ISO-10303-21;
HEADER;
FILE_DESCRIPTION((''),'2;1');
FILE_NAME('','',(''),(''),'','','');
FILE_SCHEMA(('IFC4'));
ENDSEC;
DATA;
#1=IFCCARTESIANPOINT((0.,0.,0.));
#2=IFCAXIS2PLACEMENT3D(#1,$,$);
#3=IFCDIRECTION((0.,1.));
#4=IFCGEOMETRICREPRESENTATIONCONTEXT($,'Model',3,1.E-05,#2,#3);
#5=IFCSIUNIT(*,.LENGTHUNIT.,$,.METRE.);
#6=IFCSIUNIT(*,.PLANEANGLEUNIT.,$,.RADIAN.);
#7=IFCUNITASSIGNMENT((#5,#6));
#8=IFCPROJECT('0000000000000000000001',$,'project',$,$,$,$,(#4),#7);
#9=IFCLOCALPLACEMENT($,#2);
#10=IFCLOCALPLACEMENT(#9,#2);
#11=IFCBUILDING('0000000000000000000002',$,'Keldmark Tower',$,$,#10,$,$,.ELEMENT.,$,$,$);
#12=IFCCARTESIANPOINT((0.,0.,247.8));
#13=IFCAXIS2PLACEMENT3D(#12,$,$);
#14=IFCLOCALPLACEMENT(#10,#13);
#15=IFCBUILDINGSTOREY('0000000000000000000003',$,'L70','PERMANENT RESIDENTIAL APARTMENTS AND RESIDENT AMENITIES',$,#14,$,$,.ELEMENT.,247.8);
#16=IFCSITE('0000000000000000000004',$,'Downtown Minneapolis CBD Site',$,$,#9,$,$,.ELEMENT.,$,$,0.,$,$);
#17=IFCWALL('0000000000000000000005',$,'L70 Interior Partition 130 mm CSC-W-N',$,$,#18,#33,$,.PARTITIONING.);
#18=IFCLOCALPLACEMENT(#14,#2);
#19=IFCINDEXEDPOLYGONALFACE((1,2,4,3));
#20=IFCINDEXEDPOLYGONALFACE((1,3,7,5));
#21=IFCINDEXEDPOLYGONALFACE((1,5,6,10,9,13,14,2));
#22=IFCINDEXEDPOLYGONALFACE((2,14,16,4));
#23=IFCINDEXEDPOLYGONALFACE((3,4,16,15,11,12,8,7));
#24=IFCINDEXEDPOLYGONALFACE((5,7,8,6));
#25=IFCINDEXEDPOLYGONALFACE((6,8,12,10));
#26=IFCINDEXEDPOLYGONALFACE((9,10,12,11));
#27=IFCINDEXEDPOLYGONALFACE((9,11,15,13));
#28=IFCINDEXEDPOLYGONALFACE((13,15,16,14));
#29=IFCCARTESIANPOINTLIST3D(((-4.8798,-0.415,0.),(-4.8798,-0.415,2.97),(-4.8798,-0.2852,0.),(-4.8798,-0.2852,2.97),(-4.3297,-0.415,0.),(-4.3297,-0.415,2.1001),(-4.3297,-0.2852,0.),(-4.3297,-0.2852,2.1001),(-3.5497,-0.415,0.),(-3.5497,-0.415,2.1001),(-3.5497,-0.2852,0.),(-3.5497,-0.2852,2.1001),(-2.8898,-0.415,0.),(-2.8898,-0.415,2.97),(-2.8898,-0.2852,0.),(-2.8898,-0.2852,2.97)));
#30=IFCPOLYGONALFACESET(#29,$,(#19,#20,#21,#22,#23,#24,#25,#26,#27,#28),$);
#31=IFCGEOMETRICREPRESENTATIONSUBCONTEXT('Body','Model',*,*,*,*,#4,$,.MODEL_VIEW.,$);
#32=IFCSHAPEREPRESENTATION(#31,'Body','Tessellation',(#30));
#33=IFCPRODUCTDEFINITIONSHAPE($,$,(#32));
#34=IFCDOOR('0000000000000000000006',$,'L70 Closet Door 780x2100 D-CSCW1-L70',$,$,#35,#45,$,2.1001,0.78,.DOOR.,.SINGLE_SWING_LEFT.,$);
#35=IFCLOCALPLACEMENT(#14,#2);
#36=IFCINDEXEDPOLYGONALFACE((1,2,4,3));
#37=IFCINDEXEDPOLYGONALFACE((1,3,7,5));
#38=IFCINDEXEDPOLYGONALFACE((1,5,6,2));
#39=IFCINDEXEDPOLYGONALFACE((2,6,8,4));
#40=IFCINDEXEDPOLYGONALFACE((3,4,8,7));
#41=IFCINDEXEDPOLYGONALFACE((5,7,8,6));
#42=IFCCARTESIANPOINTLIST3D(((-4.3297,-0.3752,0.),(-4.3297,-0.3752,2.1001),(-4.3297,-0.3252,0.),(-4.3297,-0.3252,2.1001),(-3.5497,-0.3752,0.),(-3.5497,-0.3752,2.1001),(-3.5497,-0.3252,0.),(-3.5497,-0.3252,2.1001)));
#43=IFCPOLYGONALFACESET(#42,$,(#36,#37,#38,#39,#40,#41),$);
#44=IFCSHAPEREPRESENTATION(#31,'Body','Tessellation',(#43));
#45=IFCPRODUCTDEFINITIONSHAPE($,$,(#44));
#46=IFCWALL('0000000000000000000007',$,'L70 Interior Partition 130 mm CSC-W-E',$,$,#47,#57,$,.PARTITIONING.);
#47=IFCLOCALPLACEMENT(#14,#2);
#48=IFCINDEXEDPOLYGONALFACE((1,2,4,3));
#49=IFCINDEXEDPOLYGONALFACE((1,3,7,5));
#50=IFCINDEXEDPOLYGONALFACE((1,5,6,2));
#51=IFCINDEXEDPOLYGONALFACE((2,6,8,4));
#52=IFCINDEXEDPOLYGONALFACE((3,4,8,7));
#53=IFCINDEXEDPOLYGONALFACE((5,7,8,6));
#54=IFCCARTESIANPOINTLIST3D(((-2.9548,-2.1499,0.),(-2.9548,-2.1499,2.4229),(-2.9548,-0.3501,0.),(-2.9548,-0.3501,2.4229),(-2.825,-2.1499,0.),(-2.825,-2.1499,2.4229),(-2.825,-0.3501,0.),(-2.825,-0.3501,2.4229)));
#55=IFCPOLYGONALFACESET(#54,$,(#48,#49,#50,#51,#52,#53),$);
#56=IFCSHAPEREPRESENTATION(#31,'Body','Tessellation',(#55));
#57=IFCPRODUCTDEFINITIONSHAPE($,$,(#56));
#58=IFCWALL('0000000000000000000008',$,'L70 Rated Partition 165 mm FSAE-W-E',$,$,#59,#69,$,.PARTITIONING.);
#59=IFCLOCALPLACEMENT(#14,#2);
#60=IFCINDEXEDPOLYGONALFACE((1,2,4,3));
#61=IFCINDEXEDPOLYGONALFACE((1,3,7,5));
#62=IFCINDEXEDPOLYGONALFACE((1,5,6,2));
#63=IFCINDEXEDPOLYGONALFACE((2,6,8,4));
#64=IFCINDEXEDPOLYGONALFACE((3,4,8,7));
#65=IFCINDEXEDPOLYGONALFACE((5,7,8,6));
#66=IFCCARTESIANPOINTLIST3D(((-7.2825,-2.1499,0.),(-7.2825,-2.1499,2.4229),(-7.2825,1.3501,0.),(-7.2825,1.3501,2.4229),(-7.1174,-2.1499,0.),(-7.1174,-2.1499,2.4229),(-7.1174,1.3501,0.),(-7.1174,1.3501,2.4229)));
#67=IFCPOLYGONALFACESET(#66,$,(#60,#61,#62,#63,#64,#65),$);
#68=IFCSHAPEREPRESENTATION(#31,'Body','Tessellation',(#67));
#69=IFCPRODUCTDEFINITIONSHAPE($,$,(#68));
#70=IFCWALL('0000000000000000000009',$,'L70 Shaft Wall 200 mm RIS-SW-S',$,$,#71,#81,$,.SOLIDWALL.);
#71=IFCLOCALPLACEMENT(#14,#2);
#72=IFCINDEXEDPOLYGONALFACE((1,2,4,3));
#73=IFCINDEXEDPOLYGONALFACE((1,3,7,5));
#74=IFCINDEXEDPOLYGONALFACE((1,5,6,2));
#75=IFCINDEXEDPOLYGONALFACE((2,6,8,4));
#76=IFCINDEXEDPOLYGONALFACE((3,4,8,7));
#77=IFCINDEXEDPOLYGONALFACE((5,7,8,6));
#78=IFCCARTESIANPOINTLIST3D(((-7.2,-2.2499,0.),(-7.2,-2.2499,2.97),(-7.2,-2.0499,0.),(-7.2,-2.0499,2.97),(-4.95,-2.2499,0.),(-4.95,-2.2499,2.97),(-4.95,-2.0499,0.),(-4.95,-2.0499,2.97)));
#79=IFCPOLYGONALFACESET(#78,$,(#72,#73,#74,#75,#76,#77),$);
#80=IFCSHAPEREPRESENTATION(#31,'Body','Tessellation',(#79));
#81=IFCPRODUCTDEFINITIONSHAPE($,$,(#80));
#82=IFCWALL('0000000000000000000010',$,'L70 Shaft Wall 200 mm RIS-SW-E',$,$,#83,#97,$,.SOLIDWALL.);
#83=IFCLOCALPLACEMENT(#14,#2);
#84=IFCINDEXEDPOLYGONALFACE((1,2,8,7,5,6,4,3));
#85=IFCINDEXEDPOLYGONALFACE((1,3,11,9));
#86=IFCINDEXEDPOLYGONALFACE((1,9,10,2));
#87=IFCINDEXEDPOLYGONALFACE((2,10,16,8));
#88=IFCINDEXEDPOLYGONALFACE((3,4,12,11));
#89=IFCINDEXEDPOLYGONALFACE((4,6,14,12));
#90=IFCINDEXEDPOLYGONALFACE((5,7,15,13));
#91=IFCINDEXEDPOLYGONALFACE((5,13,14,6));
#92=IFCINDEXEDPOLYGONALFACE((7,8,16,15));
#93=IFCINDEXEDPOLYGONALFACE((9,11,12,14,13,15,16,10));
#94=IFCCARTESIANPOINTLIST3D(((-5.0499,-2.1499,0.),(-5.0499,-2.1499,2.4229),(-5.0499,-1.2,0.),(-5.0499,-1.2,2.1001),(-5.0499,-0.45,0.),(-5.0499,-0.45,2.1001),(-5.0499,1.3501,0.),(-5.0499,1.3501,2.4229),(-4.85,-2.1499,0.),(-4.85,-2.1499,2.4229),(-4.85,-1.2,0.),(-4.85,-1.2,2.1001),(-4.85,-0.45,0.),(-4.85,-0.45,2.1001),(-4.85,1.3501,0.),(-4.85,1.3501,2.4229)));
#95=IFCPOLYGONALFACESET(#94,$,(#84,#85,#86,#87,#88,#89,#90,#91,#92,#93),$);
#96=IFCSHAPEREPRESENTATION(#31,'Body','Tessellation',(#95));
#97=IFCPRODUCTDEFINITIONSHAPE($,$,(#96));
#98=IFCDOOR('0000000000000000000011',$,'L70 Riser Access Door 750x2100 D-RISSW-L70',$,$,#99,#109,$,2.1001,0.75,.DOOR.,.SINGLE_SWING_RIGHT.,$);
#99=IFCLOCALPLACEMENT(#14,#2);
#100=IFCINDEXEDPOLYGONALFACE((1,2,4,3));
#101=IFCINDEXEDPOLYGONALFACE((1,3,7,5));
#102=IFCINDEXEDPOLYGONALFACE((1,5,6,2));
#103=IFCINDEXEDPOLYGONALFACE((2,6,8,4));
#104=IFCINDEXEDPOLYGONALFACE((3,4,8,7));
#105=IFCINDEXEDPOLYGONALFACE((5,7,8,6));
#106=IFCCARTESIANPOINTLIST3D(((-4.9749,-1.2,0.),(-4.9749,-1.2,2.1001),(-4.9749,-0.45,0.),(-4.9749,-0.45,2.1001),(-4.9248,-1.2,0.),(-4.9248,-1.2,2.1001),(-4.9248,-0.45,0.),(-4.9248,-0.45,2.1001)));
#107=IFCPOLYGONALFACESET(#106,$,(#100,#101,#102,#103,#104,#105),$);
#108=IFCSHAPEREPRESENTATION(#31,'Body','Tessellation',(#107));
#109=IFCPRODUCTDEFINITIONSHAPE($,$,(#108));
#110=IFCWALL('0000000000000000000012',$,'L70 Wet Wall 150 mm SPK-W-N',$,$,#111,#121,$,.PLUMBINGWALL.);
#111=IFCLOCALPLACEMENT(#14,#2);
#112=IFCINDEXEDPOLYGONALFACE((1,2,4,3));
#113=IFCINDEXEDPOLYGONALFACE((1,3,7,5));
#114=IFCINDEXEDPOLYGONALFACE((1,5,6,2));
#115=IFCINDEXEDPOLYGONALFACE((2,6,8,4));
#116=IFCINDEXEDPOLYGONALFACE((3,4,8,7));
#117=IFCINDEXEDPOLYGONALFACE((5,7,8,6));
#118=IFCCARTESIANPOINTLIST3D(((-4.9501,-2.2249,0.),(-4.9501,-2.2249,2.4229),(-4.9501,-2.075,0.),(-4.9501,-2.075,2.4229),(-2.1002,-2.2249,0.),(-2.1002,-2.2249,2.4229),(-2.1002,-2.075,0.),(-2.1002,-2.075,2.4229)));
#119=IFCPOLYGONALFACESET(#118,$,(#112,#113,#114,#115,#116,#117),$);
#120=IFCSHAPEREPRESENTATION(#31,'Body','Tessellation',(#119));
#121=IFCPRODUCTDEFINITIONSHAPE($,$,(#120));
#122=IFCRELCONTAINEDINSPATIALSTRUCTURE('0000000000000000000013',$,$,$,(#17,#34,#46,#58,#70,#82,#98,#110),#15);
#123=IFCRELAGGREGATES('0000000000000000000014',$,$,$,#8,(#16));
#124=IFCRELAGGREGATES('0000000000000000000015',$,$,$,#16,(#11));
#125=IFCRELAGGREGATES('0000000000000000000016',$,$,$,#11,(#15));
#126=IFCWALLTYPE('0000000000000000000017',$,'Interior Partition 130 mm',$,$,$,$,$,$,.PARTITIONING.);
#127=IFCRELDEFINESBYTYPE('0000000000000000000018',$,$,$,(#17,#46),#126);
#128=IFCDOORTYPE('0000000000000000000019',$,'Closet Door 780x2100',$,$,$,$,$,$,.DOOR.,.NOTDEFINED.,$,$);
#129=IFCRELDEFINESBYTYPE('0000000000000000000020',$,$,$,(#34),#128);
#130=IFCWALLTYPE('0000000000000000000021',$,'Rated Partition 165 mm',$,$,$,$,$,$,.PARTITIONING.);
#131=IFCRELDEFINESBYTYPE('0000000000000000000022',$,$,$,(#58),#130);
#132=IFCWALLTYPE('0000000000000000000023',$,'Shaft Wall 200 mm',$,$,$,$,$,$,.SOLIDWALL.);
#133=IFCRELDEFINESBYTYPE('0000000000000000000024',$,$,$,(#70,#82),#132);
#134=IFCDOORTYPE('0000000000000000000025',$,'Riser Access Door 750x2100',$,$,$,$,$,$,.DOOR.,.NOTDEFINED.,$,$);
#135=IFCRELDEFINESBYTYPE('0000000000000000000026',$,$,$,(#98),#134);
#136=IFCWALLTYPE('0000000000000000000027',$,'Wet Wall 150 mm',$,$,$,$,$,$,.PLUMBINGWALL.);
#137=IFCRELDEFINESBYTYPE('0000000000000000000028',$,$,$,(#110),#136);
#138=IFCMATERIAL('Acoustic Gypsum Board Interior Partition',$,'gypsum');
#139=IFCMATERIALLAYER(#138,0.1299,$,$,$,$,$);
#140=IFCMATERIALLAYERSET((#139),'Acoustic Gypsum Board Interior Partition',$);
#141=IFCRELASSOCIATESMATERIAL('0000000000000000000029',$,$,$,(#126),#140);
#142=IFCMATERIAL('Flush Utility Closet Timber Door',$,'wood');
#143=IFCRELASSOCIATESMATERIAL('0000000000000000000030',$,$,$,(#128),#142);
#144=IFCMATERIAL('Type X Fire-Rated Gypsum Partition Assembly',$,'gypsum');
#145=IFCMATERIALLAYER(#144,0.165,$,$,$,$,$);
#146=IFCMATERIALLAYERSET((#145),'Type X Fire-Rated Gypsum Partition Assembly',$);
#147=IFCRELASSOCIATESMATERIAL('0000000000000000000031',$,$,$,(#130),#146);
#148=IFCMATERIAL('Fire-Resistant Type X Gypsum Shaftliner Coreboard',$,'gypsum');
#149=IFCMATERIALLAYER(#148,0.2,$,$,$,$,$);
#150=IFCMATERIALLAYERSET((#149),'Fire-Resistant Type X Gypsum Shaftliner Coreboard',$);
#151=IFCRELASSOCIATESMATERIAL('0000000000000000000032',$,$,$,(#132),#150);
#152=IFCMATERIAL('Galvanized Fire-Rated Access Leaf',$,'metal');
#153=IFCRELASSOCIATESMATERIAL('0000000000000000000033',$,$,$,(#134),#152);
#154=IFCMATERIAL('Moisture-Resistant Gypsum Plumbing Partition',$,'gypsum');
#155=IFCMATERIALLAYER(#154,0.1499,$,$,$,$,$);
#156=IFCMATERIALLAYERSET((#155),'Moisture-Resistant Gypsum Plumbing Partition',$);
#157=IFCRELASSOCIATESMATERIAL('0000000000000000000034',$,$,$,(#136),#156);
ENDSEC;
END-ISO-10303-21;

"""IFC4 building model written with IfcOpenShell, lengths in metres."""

from ifc_helpers import new_model, si_unit, direction, frame, frame_2d, origin, place, context, subcontext, project, spatial, rectangle, extrude, material, layer, layer_set, type_object, element, fill, save


model = new_model("IFC4")

# Units and contexts
model_context = context("Model", 3, precision=1e-05, world=origin(), true_north=direction((0.0, 1.0)))
body_context = subcontext(model_context, "Body", "Model", "MODEL_VIEW")
ifc_project = project(units=[si_unit("LENGTHUNIT", "METRE"), si_unit("PLANEANGLEUNIT", "RADIAN")], contexts=[model_context])

# Site, building, storey
site_placement = place(None, origin())
site = spatial("IfcSite", under=ifc_project, at=site_placement, Name="Downtown Minneapolis CBD Site", CompositionType="ELEMENT", RefElevation=0.0)
building_placement = place(site_placement, origin())
building = spatial("IfcBuilding", under=site, at=building_placement, Name="Keldmark Tower", CompositionType="ELEMENT")
storey_placement = place(building_placement, frame((0.0, 0.0, 247.8)))
storey = spatial("IfcBuildingStorey", under=building, at=storey_placement, Name="L70", Description="PERMANENT RESIDENTIAL APARTMENTS AND RESIDENT AMENITIES", CompositionType="ELEMENT", Elevation=247.8)

# Wall, opening, door
ifc_material_1 = material(Name="Acoustic Gypsum Board Interior Partition", Category="gypsum")
ifc_layer_1 = layer(ifc_material_1, 0.1299)
ifc_layer_set_1 = layer_set([ifc_layer_1], Name="Acoustic Gypsum Board Interior Partition")
wall_type_1 = type_object("IfcWallType", Name="Interior Partition 130 mm", PredefinedType="PARTITIONING", material=ifc_layer_set_1)
wall_1_placement = place(storey_placement, frame((-4.8799, -0.3501, 0.0), z_axis=(0.0, 0.0, 1.0), x_axis=(1.0, 0.0, 0.0)))
wall_1 = element("IfcWall", 1, at=wall_1_placement, inside=storey, type_object=wall_type_1, Name="L70 Interior Partition 130 mm CSC-W-N", PredefinedType="PARTITIONING", context=body_context, shape_type="SweptSolid", body=[
    extrude(rectangle(XDim=1.99, YDim=0.1299, at=frame_2d((0.9951, 0.0))), origin(), (0.0, 0.0, 1.0), 2.97),
])
opening_1_placement = place(wall_1_placement, frame((0.55, 0.0, 0.0)))
opening_1 = element("IfcOpeningElement", 2, at=opening_1_placement, cuts=wall_1, PredefinedType="OPENING", context=body_context, shape_type="SweptSolid", body=[
    extrude(rectangle(XDim=0.78, YDim=2.1001, at=frame_2d((0.3901, 1.05))), frame((0.0, 0.075, 0.0), z_axis=(0.0, -1.0, 0.0), x_axis=(1.0, 0.0, 0.0)), (0.0, 0.0, 1.0), 0.1499),
])
ifc_material_2 = material(Name="Flush Utility Closet Timber Door", Category="wood")
door_type_1 = type_object("IfcDoorType", Name="Closet Door 780x2100", OperationType="NOTDEFINED", PredefinedType="DOOR", material=ifc_material_2)
door_1_placement = place(opening_1_placement, origin())
door_1 = element("IfcDoor", 3, at=door_1_placement, inside=storey, type_object=door_type_1, Name="L70 Closet Door 780x2100 D-CSCW1-L70", OperationType="SINGLE_SWING_LEFT", OverallHeight=2.1001, OverallWidth=0.78, PredefinedType="DOOR", context=body_context, shape_type="SweptSolid", body=[
    extrude(rectangle(XDim=0.78, YDim=2.1001, at=frame_2d((0.3901, 1.05))), frame((0.0, 0.0249, 0.0), z_axis=(0.0, -1.0, 0.0), x_axis=(1.0, 0.0, 0.0)), (0.0, 0.0, 1.0), 0.05),
])
fill(opening_1, door_1)

# Walls
wall_2_placement = place(storey_placement, frame((-2.8899, -2.1499, 0.0), z_axis=(0.0, 0.0, 1.0), x_axis=(0.0, 1.0, 0.0)))
element("IfcWall", 4, at=wall_2_placement, inside=storey, type_object=wall_type_1, Name="L70 Interior Partition 130 mm CSC-W-E", PredefinedType="PARTITIONING", context=body_context, shape_type="SweptSolid", body=[
    extrude(rectangle(XDim=1.7998, YDim=0.1299, at=frame_2d((0.8999, 0.0))), origin(), (0.0, 0.0, 1.0), 2.4229),
])
ifc_material_3 = material(Name="Type X Fire-Rated Gypsum Partition Assembly", Category="gypsum")
ifc_layer_2 = layer(ifc_material_3, 0.165)
ifc_layer_set_2 = layer_set([ifc_layer_2], Name="Type X Fire-Rated Gypsum Partition Assembly")
wall_type_2 = type_object("IfcWallType", Name="Rated Partition 165 mm", PredefinedType="PARTITIONING", material=ifc_layer_set_2)
wall_3_placement = place(storey_placement, frame((-7.2, -2.1499, 0.0), z_axis=(0.0, 0.0, 1.0), x_axis=(0.0, 1.0, 0.0)))
element("IfcWall", 5, at=wall_3_placement, inside=storey, type_object=wall_type_2, Name="L70 Rated Partition 165 mm FSAE-W-E", PredefinedType="PARTITIONING", context=body_context, shape_type="SweptSolid", body=[
    extrude(rectangle(XDim=3.5, YDim=0.165, at=frame_2d((1.75, 0.0))), origin(), (0.0, 0.0, 1.0), 2.4229),
])
ifc_material_4 = material(Name="Fire-Resistant Type X Gypsum Shaftliner Coreboard", Category="gypsum")
ifc_layer_3 = layer(ifc_material_4, 0.2)
ifc_layer_set_3 = layer_set([ifc_layer_3], Name="Fire-Resistant Type X Gypsum Shaftliner Coreboard")
wall_type_3 = type_object("IfcWallType", Name="Shaft Wall 200 mm", PredefinedType="SOLIDWALL", material=ifc_layer_set_3)
wall_4_placement = place(storey_placement, frame((-7.2, -2.1499, 0.0), z_axis=(0.0, 0.0, 1.0), x_axis=(1.0, 0.0, 0.0)))
element("IfcWall", 6, at=wall_4_placement, inside=storey, type_object=wall_type_3, Name="L70 Shaft Wall 200 mm RIS-SW-S", PredefinedType="SOLIDWALL", context=body_context, shape_type="SweptSolid", body=[
    extrude(rectangle(XDim=2.25, YDim=0.2, at=frame_2d((1.125, 0.0))), origin(), (0.0, 0.0, 1.0), 2.97),
])

# Wall, opening, door
wall_5_placement = place(storey_placement, frame((-4.95, -2.1499, 0.0), z_axis=(0.0, 0.0, 1.0), x_axis=(0.0, 1.0, 0.0)))
wall_5 = element("IfcWall", 7, at=wall_5_placement, inside=storey, type_object=wall_type_3, Name="L70 Shaft Wall 200 mm RIS-SW-E", PredefinedType="SOLIDWALL", context=body_context, shape_type="SweptSolid", body=[
    extrude(rectangle(XDim=3.5, YDim=0.2, at=frame_2d((1.75, 0.0))), origin(), (0.0, 0.0, 1.0), 2.4229),
])
opening_2_placement = place(wall_5_placement, frame((0.95, 0.0, 0.0)))
opening_2 = element("IfcOpeningElement", 8, at=opening_2_placement, cuts=wall_5, PredefinedType="OPENING", context=body_context, shape_type="SweptSolid", body=[
    extrude(rectangle(XDim=0.75, YDim=2.1001, at=frame_2d((0.375, 1.05))), frame((0.0, 0.1099, 0.0), z_axis=(0.0, -1.0, 0.0), x_axis=(1.0, 0.0, 0.0)), (0.0, 0.0, 1.0), 0.22),
])
ifc_material_5 = material(Name="Galvanized Fire-Rated Access Leaf", Category="metal")
door_type_2 = type_object("IfcDoorType", Name="Riser Access Door 750x2100", OperationType="NOTDEFINED", PredefinedType="DOOR", material=ifc_material_5)
door_2_placement = place(opening_2_placement, origin())
door_2 = element("IfcDoor", 9, at=door_2_placement, inside=storey, type_object=door_type_2, Name="L70 Riser Access Door 750x2100 D-RISSW-L70", OperationType="SINGLE_SWING_RIGHT", OverallHeight=2.1001, OverallWidth=0.75, PredefinedType="DOOR", context=body_context, shape_type="SweptSolid", body=[
    extrude(rectangle(XDim=0.75, YDim=2.1001, at=frame_2d((0.375, 1.05))), frame((0.0, 0.0249, 0.0), z_axis=(0.0, -1.0, 0.0), x_axis=(1.0, 0.0, 0.0)), (0.0, 0.0, 1.0), 0.05),
])
fill(opening_2, door_2)

# Wall
ifc_material_6 = material(Name="Moisture-Resistant Gypsum Plumbing Partition", Category="gypsum")
ifc_layer_4 = layer(ifc_material_6, 0.1499)
ifc_layer_set_4 = layer_set([ifc_layer_4], Name="Moisture-Resistant Gypsum Plumbing Partition")
wall_type_4 = type_object("IfcWallType", Name="Wet Wall 150 mm", PredefinedType="PLUMBINGWALL", material=ifc_layer_set_4)
wall_6_placement = place(storey_placement, frame((-4.95, -2.1499, 0.0), z_axis=(0.0, 0.0, 1.0), x_axis=(1.0, 0.0, 0.0)))
element("IfcWall", 10, at=wall_6_placement, inside=storey, type_object=wall_type_4, Name="L70 Wet Wall 150 mm SPK-W-N", PredefinedType="PLUMBINGWALL", context=body_context, shape_type="SweptSolid", body=[
    extrude(rectangle(XDim=2.8499, YDim=0.1499, at=frame_2d((1.4248, 0.0))), origin(), (0.0, 0.0, 1.0), 2.4229),
])

save(model, "model.ifc")
